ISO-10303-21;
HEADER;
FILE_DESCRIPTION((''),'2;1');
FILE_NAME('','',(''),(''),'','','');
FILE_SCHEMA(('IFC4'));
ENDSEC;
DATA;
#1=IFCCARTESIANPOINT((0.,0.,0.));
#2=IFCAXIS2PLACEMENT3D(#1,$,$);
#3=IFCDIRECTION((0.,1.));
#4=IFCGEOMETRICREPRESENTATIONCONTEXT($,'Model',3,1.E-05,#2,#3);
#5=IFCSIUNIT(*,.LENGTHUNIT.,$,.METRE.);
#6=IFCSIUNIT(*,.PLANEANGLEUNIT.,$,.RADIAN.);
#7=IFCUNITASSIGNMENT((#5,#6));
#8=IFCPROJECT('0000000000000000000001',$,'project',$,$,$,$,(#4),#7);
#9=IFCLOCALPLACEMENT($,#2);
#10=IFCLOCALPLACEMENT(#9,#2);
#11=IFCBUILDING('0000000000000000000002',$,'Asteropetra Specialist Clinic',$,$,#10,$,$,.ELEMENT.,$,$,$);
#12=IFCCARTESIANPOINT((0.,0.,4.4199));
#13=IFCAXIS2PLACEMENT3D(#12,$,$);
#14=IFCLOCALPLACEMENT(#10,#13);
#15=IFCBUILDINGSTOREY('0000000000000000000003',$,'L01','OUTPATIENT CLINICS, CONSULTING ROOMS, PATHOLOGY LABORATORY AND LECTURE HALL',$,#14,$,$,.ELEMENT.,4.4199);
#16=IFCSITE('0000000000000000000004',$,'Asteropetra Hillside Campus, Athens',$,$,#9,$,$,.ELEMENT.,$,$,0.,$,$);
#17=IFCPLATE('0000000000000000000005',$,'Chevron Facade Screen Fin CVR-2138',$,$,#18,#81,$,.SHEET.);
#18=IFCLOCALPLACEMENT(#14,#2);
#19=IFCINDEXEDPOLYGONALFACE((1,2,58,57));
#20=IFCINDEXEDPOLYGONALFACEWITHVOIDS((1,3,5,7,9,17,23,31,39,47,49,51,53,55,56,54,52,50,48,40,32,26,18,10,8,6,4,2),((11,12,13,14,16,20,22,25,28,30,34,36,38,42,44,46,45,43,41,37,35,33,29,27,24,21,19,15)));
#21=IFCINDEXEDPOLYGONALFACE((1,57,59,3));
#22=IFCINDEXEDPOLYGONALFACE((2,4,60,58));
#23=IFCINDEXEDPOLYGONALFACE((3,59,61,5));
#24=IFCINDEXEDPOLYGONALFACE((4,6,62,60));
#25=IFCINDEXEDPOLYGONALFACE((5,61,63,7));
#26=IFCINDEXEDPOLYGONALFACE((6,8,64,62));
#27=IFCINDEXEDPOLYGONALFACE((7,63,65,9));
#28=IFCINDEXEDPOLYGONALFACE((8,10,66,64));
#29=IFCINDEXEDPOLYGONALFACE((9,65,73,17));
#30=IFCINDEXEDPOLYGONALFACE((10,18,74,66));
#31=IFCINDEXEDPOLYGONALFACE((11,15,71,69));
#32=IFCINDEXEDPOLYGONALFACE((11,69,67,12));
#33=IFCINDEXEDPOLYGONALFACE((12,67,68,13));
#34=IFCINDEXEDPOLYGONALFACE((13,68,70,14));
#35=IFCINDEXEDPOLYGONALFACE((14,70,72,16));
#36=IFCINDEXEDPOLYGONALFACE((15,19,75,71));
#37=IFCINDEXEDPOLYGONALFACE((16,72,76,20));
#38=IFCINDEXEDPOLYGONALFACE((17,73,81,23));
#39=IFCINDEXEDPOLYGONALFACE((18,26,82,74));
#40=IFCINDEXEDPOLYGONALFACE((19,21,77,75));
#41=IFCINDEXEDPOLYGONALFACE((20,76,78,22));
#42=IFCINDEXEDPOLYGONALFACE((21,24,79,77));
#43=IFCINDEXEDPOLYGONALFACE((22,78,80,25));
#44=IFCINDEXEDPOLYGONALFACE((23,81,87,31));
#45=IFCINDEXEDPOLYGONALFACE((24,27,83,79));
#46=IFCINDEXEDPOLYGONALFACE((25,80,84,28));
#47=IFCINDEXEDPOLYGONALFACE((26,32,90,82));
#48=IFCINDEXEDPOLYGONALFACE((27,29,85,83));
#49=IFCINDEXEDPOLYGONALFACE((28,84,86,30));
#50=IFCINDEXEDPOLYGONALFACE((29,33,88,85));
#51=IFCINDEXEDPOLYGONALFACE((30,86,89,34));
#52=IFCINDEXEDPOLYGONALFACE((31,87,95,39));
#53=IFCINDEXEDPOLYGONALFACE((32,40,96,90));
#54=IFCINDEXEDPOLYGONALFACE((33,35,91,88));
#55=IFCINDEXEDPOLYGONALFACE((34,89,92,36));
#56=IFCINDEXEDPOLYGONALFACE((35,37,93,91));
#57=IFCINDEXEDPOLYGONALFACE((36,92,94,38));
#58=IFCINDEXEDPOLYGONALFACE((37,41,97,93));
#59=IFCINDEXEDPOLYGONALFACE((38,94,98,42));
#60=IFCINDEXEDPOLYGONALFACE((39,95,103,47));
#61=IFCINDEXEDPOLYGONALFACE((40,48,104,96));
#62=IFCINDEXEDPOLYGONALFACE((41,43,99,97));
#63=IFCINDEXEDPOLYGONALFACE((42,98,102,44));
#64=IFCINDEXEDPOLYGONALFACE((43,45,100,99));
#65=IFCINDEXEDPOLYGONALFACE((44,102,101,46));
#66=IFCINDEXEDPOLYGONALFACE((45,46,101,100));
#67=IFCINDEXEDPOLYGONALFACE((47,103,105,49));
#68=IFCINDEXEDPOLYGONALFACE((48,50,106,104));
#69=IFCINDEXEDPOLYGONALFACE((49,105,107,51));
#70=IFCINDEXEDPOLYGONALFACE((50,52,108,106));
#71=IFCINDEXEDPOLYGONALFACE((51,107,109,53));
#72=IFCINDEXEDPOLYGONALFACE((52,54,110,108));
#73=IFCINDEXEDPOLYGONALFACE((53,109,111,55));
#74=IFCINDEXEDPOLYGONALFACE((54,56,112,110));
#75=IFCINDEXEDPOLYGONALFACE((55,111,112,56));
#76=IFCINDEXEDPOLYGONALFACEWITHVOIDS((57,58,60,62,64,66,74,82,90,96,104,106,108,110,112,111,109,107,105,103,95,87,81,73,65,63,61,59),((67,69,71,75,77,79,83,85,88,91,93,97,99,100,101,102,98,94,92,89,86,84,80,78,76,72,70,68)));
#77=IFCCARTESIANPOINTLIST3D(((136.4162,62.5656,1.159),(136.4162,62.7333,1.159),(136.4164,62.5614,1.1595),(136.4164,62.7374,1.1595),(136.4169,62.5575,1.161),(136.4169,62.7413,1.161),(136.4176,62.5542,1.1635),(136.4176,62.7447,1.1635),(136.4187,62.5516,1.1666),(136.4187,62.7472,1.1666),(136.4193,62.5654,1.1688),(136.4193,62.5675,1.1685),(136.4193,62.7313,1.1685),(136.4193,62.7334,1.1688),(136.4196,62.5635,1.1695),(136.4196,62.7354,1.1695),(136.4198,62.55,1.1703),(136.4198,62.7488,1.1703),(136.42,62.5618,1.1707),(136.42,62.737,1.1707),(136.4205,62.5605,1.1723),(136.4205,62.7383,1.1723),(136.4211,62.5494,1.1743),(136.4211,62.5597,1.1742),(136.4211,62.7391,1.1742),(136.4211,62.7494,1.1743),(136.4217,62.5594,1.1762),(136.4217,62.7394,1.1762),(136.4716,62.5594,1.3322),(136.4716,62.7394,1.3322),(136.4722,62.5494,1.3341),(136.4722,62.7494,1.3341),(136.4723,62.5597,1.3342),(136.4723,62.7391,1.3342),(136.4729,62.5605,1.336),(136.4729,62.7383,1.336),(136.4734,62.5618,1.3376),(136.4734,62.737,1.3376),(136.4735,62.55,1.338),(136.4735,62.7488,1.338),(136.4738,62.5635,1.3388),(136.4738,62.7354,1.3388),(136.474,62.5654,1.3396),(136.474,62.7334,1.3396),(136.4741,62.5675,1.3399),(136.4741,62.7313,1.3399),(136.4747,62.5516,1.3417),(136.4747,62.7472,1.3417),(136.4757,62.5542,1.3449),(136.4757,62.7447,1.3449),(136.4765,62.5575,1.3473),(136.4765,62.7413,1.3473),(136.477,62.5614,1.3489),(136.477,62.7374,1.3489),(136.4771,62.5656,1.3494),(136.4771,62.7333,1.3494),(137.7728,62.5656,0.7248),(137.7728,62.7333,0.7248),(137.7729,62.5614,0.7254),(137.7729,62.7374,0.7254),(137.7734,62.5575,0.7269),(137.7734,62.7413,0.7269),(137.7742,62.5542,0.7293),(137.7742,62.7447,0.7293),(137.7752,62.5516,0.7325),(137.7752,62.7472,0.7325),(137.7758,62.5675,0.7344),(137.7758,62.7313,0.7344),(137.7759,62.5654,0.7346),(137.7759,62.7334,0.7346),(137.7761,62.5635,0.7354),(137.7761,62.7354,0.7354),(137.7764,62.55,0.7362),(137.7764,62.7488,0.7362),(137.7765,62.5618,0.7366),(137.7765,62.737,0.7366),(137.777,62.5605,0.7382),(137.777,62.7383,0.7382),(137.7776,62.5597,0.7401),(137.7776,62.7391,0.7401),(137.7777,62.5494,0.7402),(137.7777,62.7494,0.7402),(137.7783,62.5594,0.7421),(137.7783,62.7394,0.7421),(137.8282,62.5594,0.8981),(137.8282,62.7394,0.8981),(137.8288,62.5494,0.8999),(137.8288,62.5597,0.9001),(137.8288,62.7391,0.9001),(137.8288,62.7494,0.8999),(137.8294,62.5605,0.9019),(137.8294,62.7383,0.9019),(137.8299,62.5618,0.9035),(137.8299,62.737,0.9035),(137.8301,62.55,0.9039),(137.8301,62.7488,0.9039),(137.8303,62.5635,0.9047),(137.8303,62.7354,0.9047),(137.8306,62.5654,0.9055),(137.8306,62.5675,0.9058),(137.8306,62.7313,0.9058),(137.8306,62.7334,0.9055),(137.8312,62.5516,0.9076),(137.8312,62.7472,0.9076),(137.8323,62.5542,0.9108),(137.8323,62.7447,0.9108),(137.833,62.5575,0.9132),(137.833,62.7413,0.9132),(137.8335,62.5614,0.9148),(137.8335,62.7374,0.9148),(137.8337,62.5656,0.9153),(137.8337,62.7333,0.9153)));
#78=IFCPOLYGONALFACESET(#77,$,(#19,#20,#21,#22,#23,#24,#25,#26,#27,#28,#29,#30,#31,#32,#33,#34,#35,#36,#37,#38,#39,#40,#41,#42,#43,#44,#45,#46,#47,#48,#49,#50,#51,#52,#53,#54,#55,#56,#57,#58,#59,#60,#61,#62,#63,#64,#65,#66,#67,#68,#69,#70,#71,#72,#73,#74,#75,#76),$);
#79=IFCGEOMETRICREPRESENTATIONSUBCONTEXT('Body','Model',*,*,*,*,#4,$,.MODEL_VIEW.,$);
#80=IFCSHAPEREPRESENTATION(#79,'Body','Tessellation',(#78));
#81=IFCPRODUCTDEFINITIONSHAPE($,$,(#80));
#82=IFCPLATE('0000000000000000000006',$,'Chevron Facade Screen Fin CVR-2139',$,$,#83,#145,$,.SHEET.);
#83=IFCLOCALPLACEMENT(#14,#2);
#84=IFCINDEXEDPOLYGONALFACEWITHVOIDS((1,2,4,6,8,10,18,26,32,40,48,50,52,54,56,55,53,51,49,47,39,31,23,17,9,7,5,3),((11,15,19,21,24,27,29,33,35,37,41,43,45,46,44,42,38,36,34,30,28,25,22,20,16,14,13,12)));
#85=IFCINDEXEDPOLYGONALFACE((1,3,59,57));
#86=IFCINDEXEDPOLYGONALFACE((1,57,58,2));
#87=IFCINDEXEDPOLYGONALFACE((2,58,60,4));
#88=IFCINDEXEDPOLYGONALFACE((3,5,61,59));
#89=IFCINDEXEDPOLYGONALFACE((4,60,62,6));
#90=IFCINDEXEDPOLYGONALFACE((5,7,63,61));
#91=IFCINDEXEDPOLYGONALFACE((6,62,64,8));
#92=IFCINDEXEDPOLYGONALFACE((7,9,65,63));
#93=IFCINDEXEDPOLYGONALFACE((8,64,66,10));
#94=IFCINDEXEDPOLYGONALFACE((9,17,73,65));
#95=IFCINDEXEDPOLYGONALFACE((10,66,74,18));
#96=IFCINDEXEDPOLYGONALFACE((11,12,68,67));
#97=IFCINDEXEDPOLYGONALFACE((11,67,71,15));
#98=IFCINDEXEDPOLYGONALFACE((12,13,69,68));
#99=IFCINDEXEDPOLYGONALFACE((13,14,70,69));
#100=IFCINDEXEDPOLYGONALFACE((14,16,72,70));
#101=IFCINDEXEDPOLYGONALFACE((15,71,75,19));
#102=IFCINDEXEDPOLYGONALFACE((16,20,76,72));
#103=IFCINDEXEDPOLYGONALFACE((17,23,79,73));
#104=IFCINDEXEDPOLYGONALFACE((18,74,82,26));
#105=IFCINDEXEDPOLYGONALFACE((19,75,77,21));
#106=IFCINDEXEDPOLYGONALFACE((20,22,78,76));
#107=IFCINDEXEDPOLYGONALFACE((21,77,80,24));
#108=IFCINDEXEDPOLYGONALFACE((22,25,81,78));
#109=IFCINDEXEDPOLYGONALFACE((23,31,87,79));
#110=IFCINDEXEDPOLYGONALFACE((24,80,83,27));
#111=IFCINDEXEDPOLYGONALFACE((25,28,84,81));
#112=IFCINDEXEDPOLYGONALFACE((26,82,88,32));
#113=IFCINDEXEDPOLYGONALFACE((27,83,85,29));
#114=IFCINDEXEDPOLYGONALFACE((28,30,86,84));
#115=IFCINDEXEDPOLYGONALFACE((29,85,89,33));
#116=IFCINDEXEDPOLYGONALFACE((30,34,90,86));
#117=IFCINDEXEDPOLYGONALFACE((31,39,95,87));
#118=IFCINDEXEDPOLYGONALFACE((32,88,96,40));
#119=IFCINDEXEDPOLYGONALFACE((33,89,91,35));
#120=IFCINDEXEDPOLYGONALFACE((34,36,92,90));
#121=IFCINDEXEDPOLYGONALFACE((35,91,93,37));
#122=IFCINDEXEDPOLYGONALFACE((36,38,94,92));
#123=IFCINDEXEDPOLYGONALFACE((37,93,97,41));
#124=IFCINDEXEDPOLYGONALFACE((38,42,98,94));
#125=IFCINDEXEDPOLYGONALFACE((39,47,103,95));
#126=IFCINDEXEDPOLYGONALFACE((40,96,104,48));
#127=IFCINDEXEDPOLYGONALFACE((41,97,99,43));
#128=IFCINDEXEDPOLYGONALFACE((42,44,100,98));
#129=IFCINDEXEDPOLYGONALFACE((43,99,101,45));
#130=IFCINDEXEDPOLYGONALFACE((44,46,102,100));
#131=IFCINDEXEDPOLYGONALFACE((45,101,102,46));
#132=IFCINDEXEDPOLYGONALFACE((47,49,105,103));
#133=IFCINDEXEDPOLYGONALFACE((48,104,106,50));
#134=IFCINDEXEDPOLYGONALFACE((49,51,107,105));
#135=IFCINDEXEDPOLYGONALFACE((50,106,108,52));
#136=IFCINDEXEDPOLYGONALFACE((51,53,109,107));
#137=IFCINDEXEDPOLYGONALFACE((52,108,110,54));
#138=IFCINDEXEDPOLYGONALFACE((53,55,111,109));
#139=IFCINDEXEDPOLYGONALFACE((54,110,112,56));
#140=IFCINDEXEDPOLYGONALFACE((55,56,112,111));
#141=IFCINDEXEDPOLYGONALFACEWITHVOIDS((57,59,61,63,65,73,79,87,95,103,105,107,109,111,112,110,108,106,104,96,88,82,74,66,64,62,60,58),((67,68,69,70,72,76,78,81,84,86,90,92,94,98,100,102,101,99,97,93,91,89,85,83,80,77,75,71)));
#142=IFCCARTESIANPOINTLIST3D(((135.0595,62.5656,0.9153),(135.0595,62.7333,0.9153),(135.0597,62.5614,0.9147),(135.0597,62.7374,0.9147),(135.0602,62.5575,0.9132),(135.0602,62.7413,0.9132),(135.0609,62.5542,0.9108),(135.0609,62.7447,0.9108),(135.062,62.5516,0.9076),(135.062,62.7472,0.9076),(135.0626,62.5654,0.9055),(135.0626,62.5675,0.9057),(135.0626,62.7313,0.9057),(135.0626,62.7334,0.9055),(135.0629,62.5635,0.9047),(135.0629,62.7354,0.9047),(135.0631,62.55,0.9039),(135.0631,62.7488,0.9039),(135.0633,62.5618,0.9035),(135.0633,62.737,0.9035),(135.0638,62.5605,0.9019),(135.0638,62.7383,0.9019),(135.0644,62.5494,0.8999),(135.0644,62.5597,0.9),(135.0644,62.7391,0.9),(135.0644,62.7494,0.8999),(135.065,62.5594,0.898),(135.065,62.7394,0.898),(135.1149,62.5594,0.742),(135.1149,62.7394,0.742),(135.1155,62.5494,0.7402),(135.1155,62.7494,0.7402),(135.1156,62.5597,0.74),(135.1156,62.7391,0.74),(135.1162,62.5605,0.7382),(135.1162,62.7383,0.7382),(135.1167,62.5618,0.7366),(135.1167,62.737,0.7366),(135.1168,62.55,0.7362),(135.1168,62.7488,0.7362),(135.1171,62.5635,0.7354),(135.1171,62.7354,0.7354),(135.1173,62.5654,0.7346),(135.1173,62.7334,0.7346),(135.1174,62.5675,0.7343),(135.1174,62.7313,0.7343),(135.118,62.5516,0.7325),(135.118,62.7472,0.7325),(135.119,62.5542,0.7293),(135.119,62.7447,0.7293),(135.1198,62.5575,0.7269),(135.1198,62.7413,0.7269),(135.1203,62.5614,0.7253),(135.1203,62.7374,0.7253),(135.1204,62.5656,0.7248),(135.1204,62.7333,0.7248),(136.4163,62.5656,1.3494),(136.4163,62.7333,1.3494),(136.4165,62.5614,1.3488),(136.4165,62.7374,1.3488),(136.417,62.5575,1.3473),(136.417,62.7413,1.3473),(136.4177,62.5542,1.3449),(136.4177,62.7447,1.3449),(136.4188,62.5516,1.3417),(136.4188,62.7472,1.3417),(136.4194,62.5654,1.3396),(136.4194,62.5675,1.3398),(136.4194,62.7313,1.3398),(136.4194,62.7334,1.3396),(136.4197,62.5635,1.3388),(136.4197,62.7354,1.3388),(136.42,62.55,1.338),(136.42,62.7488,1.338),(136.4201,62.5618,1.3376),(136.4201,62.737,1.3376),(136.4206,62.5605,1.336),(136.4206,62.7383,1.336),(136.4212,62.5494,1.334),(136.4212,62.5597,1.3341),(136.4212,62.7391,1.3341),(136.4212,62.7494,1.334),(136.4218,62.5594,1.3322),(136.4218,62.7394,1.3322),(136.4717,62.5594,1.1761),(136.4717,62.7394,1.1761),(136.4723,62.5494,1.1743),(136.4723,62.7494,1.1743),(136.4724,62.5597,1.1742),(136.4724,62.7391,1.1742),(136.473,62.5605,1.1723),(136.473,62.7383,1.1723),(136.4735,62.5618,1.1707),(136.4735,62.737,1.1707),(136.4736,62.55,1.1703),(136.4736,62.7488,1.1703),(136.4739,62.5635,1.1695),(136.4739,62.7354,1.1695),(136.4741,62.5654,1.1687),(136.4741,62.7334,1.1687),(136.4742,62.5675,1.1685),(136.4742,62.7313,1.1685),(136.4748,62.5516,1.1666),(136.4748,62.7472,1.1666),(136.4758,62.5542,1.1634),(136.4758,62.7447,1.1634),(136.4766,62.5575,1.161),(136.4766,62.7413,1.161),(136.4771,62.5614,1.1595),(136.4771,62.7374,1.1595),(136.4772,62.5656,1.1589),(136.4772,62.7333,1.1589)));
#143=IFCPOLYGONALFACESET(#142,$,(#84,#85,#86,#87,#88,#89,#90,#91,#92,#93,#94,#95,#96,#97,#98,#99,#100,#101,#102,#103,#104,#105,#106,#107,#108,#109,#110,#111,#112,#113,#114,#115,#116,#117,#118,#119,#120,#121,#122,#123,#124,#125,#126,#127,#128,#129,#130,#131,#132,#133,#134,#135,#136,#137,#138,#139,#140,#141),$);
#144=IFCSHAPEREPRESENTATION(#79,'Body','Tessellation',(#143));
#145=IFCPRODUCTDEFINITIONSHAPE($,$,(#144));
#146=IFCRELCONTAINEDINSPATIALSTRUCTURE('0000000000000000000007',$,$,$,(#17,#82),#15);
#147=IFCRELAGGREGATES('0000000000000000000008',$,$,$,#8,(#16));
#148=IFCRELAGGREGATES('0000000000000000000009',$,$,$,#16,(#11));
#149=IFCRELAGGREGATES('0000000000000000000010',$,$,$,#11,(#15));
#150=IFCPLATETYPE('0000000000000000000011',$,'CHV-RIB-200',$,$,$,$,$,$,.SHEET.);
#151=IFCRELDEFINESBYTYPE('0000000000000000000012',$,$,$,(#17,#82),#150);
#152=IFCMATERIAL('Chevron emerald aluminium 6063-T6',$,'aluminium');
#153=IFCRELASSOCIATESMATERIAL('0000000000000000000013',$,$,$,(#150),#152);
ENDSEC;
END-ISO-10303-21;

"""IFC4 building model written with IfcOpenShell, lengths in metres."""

from ifc_helpers import new_model, si_unit, direction, frame, origin, origin_2d, place, context, subcontext, project, spatial, hollow_rectangle, extrude, material, material_profile, profile_set, type_object, element, save


model = new_model("IFC4")

# Units and contexts
model_context = context("Model", 3, precision=1e-05, world=origin(), true_north=direction((0.0, 1.0)))
body_context = subcontext(model_context, "Body", "Model", "MODEL_VIEW")
ifc_project = project(units=[si_unit("LENGTHUNIT", "METRE"), si_unit("PLANEANGLEUNIT", "RADIAN")], contexts=[model_context])

# Site, building, storey
site_placement = place(None, origin())
site = spatial("IfcSite", under=ifc_project, at=site_placement, Name="Asteropetra Hillside Campus, Athens", CompositionType="ELEMENT", RefElevation=0.0)
building_placement = place(site_placement, origin())
building = spatial("IfcBuilding", under=site, at=building_placement, Name="Asteropetra Specialist Clinic", CompositionType="ELEMENT")
storey_placement = place(building_placement, frame((0.0, 0.0, 4.4199)))
storey = spatial("IfcBuildingStorey", under=building, at=storey_placement, Name="L01", Description="OUTPATIENT CLINICS, CONSULTING ROOMS, PATHOLOGY LABORATORY AND LECTURE HALL", CompositionType="ELEMENT", Elevation=4.4199)

# Plates
ifc_material_1 = material(Name="Chevron emerald aluminium 6063-T6", Category="aluminium")
ifc_material_profile_1 = material_profile(ifc_material_1, hollow_rectangle(XDim=0.2, YDim=0.2, WallThickness=0.01, InnerFilletRadius=0.0081, OuterFilletRadius=0.0161, at=origin_2d()), Name="SHS 200x200x10.0")
ifc_profile_set_1 = profile_set([ifc_material_profile_1], Name="Chevron emerald aluminium 6063-T6")
plate_type = type_object("IfcPlateType", Name="CHV-RIB-200", PredefinedType="SHEET", material=ifc_profile_set_1)
plate_1_placement = place(storey_placement, frame((137.8032, 62.6494, 0.8201), z_axis=(-0.95242, 0.0, 0.304788), x_axis=(0.0, -1.0, 0.0)))
element("IfcPlate", 1, at=plate_1_placement, inside=storey, type_object=plate_type, Name="Chevron Facade Screen Fin CVR-2138", PredefinedType="SHEET", context=body_context, shape_type="SweptSolid", body=[
    extrude(hollow_rectangle(XDim=0.2, YDim=0.2, WallThickness=0.01, InnerFilletRadius=0.0081, OuterFilletRadius=0.0161, at=origin_2d()), origin(), (0.0, 0.0, 1.0), 1.4243),
])
plate_2_placement = place(storey_placement, frame((136.4468, 62.6494, 1.2542), z_axis=(-0.952436, 0.0, -0.304738), x_axis=(0.0, -1.0, 0.0)))
element("IfcPlate", 2, at=plate_2_placement, inside=storey, type_object=plate_type, Name="Chevron Facade Screen Fin CVR-2139", PredefinedType="SHEET", context=body_context, shape_type="SweptSolid", body=[
    extrude(hollow_rectangle(XDim=0.2, YDim=0.2, WallThickness=0.01, InnerFilletRadius=0.0081, OuterFilletRadius=0.0161, at=origin_2d()), origin(), (0.0, 0.0, 1.0), 1.4246),
])

save(model, "model.ifc")
